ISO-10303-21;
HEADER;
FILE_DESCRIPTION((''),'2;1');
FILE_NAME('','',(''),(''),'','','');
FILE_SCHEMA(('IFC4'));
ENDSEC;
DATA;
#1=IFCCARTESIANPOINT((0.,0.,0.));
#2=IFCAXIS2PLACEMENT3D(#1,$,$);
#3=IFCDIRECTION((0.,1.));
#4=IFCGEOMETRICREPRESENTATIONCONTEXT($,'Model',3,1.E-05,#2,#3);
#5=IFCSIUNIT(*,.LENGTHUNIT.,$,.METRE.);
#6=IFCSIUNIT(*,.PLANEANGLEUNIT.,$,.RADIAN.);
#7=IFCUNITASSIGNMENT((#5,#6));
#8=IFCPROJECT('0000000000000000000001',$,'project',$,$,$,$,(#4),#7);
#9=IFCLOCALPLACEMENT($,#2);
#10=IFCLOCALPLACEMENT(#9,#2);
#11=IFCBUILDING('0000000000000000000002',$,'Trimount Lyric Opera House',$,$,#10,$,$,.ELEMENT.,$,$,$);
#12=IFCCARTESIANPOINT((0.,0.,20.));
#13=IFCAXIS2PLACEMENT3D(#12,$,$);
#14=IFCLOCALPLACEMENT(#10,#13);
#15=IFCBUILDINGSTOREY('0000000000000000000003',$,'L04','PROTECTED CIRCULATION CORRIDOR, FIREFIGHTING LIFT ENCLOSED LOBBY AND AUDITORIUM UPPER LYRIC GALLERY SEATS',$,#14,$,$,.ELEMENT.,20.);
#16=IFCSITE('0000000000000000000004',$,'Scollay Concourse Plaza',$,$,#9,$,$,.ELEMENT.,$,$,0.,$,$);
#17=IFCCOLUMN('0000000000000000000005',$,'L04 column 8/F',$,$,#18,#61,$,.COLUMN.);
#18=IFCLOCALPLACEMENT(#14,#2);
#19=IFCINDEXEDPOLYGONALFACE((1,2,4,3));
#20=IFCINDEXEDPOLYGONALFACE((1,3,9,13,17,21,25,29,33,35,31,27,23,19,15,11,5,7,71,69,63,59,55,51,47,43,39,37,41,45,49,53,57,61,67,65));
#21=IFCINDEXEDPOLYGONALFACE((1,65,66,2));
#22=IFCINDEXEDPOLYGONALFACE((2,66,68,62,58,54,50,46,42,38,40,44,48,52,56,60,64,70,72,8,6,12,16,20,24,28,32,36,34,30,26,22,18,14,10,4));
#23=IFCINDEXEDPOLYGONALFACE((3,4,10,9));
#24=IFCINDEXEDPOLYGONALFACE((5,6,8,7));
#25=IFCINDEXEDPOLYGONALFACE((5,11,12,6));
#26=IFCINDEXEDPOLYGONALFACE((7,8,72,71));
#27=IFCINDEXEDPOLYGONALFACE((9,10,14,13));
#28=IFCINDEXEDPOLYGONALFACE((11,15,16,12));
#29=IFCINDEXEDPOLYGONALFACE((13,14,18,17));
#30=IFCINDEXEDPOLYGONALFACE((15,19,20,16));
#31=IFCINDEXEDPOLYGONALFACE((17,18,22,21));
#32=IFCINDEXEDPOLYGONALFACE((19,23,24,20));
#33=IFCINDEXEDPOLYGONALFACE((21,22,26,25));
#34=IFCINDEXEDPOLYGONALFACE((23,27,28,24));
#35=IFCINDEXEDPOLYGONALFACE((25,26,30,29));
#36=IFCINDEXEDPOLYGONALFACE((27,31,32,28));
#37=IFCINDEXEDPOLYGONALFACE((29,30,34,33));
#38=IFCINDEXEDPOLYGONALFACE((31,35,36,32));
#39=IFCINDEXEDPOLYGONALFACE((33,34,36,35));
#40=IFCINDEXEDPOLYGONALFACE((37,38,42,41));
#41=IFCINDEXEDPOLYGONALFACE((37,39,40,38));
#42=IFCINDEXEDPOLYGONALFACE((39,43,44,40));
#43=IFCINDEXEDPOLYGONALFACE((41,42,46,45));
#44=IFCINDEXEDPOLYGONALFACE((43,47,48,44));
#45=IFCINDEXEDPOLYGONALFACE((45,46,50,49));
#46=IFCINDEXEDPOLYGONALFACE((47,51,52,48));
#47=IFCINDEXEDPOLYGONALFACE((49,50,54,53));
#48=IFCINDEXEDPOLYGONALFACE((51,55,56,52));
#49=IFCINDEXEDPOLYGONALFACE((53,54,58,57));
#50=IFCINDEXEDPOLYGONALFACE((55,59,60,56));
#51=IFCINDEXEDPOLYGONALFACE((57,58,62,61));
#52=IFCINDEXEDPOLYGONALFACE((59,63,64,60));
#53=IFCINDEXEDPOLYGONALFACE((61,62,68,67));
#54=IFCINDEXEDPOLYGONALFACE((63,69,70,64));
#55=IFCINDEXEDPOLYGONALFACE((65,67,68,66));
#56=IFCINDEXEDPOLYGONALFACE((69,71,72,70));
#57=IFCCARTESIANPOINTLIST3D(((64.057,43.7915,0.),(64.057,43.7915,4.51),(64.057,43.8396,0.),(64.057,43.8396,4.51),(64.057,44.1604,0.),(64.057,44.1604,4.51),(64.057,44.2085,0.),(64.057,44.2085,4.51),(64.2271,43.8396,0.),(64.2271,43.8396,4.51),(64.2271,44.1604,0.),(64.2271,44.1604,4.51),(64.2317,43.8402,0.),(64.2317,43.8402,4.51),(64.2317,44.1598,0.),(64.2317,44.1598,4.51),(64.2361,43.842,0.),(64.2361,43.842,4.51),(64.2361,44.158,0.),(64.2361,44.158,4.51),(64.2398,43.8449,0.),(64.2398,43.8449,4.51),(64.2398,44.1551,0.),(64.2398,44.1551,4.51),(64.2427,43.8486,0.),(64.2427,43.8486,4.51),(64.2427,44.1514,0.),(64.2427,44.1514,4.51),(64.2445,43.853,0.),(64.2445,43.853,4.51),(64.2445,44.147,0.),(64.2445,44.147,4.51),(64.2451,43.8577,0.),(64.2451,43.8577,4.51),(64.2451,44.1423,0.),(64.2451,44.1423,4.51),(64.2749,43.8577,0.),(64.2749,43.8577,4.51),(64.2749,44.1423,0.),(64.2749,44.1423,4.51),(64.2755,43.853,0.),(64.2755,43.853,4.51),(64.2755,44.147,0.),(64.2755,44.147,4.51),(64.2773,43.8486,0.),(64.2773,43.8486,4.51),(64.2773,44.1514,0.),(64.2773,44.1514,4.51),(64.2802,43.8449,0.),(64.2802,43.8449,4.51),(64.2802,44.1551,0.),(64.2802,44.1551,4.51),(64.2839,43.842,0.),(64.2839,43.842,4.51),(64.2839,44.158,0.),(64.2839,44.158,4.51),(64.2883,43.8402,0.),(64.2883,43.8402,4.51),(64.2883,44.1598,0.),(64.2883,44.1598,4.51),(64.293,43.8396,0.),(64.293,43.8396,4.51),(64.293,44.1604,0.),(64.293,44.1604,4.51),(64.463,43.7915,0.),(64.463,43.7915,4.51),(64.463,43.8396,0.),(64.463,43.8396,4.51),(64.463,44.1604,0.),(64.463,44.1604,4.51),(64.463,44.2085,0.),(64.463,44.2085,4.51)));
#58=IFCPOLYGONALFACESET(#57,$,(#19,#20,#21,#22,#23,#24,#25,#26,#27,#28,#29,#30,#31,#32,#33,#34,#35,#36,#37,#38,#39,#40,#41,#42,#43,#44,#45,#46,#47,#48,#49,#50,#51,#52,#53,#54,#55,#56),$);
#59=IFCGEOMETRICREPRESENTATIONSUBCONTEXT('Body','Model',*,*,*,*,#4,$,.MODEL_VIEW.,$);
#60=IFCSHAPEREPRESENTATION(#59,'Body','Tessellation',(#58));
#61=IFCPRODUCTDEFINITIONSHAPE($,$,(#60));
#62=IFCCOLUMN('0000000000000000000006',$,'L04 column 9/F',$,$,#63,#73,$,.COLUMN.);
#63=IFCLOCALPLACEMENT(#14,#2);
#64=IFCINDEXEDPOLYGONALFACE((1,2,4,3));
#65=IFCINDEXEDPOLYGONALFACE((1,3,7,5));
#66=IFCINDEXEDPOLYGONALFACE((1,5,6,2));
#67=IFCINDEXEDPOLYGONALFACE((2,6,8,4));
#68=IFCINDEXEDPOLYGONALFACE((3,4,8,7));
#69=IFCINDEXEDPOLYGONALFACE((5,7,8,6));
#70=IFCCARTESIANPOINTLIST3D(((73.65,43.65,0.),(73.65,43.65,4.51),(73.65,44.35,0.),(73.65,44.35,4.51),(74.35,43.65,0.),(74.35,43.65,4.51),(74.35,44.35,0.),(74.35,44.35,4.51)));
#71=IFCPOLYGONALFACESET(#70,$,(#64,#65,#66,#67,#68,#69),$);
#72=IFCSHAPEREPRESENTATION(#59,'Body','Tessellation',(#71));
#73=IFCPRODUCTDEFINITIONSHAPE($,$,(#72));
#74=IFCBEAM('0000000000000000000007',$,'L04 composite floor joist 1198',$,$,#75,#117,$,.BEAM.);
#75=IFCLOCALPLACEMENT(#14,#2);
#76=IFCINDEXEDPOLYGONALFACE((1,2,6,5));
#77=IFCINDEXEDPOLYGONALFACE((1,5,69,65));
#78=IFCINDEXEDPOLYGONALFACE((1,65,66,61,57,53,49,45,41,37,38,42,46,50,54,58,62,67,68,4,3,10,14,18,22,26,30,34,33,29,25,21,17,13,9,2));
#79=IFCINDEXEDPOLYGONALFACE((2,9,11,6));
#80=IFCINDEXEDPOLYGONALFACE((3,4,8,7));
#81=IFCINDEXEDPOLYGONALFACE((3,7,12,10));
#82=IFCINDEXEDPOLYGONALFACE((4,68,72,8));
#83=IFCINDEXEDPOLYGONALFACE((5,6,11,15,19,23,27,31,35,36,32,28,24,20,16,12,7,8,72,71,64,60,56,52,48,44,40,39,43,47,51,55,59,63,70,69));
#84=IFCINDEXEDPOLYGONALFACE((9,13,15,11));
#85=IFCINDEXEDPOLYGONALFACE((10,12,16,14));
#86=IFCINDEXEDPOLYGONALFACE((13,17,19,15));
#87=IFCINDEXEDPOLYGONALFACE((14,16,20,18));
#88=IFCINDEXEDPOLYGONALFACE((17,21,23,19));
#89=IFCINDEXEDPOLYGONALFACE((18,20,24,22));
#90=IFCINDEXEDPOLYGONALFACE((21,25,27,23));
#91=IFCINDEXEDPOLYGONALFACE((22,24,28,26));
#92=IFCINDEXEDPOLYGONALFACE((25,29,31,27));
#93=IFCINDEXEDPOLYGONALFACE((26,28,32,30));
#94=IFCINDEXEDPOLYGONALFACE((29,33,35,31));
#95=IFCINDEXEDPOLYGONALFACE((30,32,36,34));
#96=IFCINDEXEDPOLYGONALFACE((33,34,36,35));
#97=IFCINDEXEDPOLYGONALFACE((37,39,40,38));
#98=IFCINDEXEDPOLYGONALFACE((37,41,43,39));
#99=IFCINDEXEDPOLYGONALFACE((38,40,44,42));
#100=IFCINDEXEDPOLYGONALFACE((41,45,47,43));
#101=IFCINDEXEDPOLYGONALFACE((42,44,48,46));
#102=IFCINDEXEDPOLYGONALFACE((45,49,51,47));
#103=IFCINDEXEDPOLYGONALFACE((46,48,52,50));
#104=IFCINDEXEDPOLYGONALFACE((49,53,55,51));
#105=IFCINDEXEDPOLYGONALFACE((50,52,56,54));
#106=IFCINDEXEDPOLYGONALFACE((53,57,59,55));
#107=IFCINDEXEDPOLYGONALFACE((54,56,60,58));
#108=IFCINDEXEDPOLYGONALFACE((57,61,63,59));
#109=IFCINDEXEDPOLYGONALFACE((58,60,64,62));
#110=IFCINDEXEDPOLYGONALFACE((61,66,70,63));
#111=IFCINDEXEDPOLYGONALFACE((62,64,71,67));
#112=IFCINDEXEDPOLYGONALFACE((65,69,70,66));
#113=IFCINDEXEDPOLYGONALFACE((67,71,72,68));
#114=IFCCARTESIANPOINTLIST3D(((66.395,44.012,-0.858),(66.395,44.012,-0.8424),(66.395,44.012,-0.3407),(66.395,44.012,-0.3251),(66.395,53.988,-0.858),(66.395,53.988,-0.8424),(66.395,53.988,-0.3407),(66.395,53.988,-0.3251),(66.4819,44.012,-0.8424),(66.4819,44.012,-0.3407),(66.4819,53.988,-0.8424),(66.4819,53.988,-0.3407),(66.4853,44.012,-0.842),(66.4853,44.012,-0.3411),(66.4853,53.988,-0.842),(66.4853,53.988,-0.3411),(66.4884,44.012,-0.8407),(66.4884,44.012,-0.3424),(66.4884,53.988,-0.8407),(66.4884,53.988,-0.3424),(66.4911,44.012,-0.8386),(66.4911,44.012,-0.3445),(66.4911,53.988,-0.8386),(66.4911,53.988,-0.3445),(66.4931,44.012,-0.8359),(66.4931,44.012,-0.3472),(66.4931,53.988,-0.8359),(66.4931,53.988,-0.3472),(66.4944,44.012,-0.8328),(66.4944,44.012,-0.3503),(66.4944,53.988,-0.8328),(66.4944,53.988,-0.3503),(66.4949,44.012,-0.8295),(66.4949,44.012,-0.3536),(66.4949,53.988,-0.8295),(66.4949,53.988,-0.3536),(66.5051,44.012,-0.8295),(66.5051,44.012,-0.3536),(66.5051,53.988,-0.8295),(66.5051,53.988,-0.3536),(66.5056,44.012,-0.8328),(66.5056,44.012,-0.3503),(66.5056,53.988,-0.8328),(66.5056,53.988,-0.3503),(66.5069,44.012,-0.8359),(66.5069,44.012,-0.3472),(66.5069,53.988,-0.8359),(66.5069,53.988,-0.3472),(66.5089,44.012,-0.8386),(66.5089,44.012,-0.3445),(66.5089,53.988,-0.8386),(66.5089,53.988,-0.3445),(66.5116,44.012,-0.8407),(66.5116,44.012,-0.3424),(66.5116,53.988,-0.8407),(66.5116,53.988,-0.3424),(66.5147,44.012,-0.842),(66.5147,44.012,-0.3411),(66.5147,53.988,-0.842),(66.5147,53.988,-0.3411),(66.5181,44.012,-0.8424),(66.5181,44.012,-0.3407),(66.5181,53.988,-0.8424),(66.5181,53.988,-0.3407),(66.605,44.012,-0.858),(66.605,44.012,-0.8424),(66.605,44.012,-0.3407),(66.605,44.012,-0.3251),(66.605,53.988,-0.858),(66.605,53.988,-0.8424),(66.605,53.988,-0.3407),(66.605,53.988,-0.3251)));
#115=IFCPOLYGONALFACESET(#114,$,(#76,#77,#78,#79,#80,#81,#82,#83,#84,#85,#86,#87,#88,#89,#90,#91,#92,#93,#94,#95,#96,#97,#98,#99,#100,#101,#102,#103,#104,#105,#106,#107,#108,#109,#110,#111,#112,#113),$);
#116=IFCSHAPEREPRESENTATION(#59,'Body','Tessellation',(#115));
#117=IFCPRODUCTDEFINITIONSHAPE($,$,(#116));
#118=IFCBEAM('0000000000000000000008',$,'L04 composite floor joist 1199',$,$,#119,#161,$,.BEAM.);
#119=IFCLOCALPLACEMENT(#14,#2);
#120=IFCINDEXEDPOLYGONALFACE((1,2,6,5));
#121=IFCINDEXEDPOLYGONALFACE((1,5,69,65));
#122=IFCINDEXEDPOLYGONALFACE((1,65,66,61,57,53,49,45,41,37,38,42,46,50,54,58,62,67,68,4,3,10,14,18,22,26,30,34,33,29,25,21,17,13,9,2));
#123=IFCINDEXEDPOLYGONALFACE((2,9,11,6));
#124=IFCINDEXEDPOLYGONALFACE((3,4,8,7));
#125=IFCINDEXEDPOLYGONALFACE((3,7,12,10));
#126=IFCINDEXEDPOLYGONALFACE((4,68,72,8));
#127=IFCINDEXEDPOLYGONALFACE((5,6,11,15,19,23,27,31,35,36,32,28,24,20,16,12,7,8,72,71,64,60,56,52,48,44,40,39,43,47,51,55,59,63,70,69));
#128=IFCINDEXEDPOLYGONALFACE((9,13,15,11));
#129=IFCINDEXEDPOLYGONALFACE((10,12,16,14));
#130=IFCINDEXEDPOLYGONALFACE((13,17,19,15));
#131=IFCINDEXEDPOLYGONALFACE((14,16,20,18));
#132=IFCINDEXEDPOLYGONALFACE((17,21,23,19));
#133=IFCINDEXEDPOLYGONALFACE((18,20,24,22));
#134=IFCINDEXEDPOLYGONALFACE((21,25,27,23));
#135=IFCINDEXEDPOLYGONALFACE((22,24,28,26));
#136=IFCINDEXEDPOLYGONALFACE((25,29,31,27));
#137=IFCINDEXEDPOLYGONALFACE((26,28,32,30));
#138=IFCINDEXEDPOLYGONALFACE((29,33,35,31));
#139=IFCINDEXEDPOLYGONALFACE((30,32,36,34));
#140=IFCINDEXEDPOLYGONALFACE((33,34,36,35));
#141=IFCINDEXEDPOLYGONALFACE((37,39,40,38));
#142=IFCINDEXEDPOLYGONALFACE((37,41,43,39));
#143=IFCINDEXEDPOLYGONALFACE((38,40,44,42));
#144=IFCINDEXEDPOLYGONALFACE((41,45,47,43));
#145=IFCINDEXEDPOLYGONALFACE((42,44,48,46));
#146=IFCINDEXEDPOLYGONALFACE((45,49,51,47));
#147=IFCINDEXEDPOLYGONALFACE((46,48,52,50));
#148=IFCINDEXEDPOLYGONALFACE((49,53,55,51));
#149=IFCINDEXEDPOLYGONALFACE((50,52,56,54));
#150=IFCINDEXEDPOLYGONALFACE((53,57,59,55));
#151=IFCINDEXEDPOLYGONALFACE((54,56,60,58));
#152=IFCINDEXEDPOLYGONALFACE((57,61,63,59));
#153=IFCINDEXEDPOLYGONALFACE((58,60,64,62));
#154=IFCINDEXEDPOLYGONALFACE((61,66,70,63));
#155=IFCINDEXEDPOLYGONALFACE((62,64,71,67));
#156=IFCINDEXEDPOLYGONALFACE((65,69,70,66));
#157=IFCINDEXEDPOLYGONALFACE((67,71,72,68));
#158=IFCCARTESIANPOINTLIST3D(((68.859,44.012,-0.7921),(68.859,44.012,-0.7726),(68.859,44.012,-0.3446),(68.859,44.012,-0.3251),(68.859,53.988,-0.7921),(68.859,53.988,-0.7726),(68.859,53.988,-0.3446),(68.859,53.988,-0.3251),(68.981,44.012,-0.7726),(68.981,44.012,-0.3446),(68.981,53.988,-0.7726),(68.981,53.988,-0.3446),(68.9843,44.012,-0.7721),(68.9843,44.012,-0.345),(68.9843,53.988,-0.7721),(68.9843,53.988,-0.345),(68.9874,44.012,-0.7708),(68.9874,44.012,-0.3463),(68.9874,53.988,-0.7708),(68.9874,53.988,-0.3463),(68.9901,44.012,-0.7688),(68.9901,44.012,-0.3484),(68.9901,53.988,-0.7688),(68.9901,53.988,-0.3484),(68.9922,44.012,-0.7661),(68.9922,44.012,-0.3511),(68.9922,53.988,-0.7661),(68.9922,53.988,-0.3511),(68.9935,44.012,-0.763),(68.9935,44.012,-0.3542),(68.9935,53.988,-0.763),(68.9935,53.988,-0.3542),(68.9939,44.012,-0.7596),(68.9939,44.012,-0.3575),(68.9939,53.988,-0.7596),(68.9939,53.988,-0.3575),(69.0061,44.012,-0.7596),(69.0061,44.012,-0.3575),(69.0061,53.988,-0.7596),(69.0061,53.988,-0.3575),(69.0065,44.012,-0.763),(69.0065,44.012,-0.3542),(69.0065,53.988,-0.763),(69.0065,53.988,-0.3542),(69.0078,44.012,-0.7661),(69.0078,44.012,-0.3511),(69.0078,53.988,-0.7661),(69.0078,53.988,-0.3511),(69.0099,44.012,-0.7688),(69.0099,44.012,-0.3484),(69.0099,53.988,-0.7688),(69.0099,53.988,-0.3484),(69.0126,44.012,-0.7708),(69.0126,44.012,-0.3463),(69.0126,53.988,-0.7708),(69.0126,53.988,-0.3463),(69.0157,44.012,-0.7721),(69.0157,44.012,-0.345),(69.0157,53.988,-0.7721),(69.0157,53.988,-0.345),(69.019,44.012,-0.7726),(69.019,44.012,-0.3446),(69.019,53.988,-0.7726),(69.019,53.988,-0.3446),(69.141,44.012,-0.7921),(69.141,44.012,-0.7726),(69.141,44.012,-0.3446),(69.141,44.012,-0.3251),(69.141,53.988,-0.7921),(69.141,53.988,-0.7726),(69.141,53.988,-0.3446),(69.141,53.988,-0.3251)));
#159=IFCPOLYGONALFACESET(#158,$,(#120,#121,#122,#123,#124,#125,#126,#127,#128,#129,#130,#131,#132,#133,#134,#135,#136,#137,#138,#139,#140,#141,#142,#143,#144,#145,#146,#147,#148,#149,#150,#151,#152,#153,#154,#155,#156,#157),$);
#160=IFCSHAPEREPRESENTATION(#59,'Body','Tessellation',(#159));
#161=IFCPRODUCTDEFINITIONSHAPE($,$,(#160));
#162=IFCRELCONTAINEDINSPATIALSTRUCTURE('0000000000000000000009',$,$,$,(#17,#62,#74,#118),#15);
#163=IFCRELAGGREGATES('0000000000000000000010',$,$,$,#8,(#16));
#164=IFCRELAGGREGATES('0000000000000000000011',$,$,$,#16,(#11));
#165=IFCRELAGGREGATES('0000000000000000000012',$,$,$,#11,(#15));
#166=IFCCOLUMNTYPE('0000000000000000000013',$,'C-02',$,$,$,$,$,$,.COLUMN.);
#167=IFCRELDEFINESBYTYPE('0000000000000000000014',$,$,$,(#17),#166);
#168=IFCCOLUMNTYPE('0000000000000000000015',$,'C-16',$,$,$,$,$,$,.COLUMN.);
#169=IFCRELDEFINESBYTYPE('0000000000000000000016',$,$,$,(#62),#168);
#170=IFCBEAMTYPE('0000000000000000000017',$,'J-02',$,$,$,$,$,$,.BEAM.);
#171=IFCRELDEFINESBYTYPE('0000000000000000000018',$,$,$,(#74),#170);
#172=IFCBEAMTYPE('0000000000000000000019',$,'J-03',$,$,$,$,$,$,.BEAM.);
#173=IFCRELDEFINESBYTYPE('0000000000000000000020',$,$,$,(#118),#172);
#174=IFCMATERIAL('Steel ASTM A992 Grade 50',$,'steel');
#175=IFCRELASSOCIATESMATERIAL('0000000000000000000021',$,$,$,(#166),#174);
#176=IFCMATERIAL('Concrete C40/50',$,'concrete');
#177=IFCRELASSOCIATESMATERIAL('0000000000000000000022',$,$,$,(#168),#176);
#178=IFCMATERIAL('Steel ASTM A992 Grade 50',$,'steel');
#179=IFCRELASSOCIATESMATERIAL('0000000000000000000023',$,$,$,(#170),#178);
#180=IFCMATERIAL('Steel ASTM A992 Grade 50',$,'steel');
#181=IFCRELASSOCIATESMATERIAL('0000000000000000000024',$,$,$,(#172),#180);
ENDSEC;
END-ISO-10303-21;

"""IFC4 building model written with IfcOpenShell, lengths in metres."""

from ifc_helpers import new_model, si_unit, direction, frame, origin, origin_2d, place, context, subcontext, project, spatial, rectangle, i_section, extrude, material, material_profile, profile_set, type_object, element, save


model = new_model("IFC4")

# Units and contexts
model_context = context("Model", 3, precision=1e-05, world=origin(), true_north=direction((0.0, 1.0)))
body_context = subcontext(model_context, "Body", "Model", "MODEL_VIEW")
ifc_project = project(units=[si_unit("LENGTHUNIT", "METRE"), si_unit("PLANEANGLEUNIT", "RADIAN")], contexts=[model_context])

# Site, building, storey
site_placement = place(None, origin())
site = spatial("IfcSite", under=ifc_project, at=site_placement, Name="Scollay Concourse Plaza", CompositionType="ELEMENT", RefElevation=0.0)
building_placement = place(site_placement, origin())
building = spatial("IfcBuilding", under=site, at=building_placement, Name="Trimount Lyric Opera House", CompositionType="ELEMENT")
storey_placement = place(building_placement, frame((0.0, 0.0, 20.0)))
storey = spatial("IfcBuildingStorey", under=building, at=storey_placement, Name="L04", Description="PROTECTED CIRCULATION CORRIDOR, FIREFIGHTING LIFT ENCLOSED LOBBY AND AUDITORIUM UPPER LYRIC GALLERY SEATS", CompositionType="ELEMENT", Elevation=20.0)

# Columns
ifc_material_1 = material(Name="Steel ASTM A992 Grade 50", Category="steel")
ifc_material_profile_1 = material_profile(ifc_material_1, i_section(OverallWidth=0.406, OverallDepth=0.417, WebThickness=0.0298, FlangeThickness=0.0481, FilletRadius=0.0181, at=origin_2d()), Name="W14X257")
ifc_profile_set_1 = profile_set([ifc_material_profile_1], Name="Steel ASTM A992 Grade 50")
column_type_1 = type_object("IfcColumnType", Name="C-02", PredefinedType="COLUMN", material=ifc_profile_set_1)
column_1_placement = place(storey_placement, frame((64.26, 44.0, 0.0), z_axis=(0.0, 0.0, 1.0), x_axis=(1.0, 0.0, 0.0)))
element("IfcColumn", 1, at=column_1_placement, inside=storey, type_object=column_type_1, Name="L04 column 8/F", PredefinedType="COLUMN", context=body_context, shape_type="SweptSolid", body=[
    extrude(i_section(OverallWidth=0.406, OverallDepth=0.417, WebThickness=0.0298, FlangeThickness=0.0481, FilletRadius=0.0181, at=origin_2d()), origin(), (0.0, 0.0, 1.0), 4.51),
])
ifc_material_2 = material(Name="Concrete C40/50", Category="concrete")
ifc_material_profile_2 = material_profile(ifc_material_2, rectangle(XDim=0.7, YDim=0.7, at=origin_2d()), Name="RC700X700")
ifc_profile_set_2 = profile_set([ifc_material_profile_2], Name="Concrete C40/50")
column_type_2 = type_object("IfcColumnType", Name="C-16", PredefinedType="COLUMN", material=ifc_profile_set_2)
column_2_placement = place(storey_placement, frame((74.0, 44.0, 0.0), z_axis=(0.0, 0.0, 1.0), x_axis=(1.0, 0.0, 0.0)))
element("IfcColumn", 2, at=column_2_placement, inside=storey, type_object=column_type_2, Name="L04 column 9/F", PredefinedType="COLUMN", context=body_context, shape_type="SweptSolid", body=[
    extrude(rectangle(XDim=0.7, YDim=0.7, at=origin_2d()), origin(), (0.0, 0.0, 1.0), 4.51),
])

# Beams
ifc_material_3 = material(Name="Steel ASTM A992 Grade 50", Category="steel")
ifc_material_profile_3 = material_profile(ifc_material_3, i_section(OverallWidth=0.21, OverallDepth=0.533, WebThickness=0.0103, FlangeThickness=0.0156, FilletRadius=0.0129, at=origin_2d()), Name="W21X62")
ifc_profile_set_3 = profile_set([ifc_material_profile_3], Name="Steel ASTM A992 Grade 50")
beam_type_1 = type_object("IfcBeamType", Name="J-02", PredefinedType="BEAM", material=ifc_profile_set_3)
beam_1_placement = place(storey_placement, frame((66.5, 44.012, -0.5916), z_axis=(0.0, 1.0, 0.0), x_axis=(-1.0, 0.0, 0.0)))
element("IfcBeam", 3, at=beam_1_placement, inside=storey, type_object=beam_type_1, Name="L04 composite floor joist 1198", PredefinedType="BEAM", context=body_context, shape_type="SweptSolid", body=[
    extrude(i_section(OverallWidth=0.21, OverallDepth=0.533, WebThickness=0.0103, FlangeThickness=0.0156, FilletRadius=0.0129, at=origin_2d()), origin(), (0.0, 0.0, 1.0), 9.9761),
])
ifc_material_4 = material(Name="Steel ASTM A992 Grade 50", Category="steel")
ifc_material_profile_4 = material_profile(ifc_material_4, i_section(OverallWidth=0.282, OverallDepth=0.467, WebThickness=0.0122, FlangeThickness=0.0195, FilletRadius=0.0129, at=origin_2d()), Name="W18X86")
ifc_profile_set_4 = profile_set([ifc_material_profile_4], Name="Steel ASTM A992 Grade 50")
beam_type_2 = type_object("IfcBeamType", Name="J-03", PredefinedType="BEAM", material=ifc_profile_set_4)
beam_2_placement = place(storey_placement, frame((69.0, 44.012, -0.5586), z_axis=(0.0, 1.0, 0.0), x_axis=(-1.0, 0.0, 0.0)))
element("IfcBeam", 4, at=beam_2_placement, inside=storey, type_object=beam_type_2, Name="L04 composite floor joist 1199", PredefinedType="BEAM", context=body_context, shape_type="SweptSolid", body=[
    extrude(i_section(OverallWidth=0.282, OverallDepth=0.467, WebThickness=0.0122, FlangeThickness=0.0195, FilletRadius=0.0129, at=origin_2d()), origin(), (0.0, 0.0, 1.0), 9.9761),
])

save(model, "model.ifc")
